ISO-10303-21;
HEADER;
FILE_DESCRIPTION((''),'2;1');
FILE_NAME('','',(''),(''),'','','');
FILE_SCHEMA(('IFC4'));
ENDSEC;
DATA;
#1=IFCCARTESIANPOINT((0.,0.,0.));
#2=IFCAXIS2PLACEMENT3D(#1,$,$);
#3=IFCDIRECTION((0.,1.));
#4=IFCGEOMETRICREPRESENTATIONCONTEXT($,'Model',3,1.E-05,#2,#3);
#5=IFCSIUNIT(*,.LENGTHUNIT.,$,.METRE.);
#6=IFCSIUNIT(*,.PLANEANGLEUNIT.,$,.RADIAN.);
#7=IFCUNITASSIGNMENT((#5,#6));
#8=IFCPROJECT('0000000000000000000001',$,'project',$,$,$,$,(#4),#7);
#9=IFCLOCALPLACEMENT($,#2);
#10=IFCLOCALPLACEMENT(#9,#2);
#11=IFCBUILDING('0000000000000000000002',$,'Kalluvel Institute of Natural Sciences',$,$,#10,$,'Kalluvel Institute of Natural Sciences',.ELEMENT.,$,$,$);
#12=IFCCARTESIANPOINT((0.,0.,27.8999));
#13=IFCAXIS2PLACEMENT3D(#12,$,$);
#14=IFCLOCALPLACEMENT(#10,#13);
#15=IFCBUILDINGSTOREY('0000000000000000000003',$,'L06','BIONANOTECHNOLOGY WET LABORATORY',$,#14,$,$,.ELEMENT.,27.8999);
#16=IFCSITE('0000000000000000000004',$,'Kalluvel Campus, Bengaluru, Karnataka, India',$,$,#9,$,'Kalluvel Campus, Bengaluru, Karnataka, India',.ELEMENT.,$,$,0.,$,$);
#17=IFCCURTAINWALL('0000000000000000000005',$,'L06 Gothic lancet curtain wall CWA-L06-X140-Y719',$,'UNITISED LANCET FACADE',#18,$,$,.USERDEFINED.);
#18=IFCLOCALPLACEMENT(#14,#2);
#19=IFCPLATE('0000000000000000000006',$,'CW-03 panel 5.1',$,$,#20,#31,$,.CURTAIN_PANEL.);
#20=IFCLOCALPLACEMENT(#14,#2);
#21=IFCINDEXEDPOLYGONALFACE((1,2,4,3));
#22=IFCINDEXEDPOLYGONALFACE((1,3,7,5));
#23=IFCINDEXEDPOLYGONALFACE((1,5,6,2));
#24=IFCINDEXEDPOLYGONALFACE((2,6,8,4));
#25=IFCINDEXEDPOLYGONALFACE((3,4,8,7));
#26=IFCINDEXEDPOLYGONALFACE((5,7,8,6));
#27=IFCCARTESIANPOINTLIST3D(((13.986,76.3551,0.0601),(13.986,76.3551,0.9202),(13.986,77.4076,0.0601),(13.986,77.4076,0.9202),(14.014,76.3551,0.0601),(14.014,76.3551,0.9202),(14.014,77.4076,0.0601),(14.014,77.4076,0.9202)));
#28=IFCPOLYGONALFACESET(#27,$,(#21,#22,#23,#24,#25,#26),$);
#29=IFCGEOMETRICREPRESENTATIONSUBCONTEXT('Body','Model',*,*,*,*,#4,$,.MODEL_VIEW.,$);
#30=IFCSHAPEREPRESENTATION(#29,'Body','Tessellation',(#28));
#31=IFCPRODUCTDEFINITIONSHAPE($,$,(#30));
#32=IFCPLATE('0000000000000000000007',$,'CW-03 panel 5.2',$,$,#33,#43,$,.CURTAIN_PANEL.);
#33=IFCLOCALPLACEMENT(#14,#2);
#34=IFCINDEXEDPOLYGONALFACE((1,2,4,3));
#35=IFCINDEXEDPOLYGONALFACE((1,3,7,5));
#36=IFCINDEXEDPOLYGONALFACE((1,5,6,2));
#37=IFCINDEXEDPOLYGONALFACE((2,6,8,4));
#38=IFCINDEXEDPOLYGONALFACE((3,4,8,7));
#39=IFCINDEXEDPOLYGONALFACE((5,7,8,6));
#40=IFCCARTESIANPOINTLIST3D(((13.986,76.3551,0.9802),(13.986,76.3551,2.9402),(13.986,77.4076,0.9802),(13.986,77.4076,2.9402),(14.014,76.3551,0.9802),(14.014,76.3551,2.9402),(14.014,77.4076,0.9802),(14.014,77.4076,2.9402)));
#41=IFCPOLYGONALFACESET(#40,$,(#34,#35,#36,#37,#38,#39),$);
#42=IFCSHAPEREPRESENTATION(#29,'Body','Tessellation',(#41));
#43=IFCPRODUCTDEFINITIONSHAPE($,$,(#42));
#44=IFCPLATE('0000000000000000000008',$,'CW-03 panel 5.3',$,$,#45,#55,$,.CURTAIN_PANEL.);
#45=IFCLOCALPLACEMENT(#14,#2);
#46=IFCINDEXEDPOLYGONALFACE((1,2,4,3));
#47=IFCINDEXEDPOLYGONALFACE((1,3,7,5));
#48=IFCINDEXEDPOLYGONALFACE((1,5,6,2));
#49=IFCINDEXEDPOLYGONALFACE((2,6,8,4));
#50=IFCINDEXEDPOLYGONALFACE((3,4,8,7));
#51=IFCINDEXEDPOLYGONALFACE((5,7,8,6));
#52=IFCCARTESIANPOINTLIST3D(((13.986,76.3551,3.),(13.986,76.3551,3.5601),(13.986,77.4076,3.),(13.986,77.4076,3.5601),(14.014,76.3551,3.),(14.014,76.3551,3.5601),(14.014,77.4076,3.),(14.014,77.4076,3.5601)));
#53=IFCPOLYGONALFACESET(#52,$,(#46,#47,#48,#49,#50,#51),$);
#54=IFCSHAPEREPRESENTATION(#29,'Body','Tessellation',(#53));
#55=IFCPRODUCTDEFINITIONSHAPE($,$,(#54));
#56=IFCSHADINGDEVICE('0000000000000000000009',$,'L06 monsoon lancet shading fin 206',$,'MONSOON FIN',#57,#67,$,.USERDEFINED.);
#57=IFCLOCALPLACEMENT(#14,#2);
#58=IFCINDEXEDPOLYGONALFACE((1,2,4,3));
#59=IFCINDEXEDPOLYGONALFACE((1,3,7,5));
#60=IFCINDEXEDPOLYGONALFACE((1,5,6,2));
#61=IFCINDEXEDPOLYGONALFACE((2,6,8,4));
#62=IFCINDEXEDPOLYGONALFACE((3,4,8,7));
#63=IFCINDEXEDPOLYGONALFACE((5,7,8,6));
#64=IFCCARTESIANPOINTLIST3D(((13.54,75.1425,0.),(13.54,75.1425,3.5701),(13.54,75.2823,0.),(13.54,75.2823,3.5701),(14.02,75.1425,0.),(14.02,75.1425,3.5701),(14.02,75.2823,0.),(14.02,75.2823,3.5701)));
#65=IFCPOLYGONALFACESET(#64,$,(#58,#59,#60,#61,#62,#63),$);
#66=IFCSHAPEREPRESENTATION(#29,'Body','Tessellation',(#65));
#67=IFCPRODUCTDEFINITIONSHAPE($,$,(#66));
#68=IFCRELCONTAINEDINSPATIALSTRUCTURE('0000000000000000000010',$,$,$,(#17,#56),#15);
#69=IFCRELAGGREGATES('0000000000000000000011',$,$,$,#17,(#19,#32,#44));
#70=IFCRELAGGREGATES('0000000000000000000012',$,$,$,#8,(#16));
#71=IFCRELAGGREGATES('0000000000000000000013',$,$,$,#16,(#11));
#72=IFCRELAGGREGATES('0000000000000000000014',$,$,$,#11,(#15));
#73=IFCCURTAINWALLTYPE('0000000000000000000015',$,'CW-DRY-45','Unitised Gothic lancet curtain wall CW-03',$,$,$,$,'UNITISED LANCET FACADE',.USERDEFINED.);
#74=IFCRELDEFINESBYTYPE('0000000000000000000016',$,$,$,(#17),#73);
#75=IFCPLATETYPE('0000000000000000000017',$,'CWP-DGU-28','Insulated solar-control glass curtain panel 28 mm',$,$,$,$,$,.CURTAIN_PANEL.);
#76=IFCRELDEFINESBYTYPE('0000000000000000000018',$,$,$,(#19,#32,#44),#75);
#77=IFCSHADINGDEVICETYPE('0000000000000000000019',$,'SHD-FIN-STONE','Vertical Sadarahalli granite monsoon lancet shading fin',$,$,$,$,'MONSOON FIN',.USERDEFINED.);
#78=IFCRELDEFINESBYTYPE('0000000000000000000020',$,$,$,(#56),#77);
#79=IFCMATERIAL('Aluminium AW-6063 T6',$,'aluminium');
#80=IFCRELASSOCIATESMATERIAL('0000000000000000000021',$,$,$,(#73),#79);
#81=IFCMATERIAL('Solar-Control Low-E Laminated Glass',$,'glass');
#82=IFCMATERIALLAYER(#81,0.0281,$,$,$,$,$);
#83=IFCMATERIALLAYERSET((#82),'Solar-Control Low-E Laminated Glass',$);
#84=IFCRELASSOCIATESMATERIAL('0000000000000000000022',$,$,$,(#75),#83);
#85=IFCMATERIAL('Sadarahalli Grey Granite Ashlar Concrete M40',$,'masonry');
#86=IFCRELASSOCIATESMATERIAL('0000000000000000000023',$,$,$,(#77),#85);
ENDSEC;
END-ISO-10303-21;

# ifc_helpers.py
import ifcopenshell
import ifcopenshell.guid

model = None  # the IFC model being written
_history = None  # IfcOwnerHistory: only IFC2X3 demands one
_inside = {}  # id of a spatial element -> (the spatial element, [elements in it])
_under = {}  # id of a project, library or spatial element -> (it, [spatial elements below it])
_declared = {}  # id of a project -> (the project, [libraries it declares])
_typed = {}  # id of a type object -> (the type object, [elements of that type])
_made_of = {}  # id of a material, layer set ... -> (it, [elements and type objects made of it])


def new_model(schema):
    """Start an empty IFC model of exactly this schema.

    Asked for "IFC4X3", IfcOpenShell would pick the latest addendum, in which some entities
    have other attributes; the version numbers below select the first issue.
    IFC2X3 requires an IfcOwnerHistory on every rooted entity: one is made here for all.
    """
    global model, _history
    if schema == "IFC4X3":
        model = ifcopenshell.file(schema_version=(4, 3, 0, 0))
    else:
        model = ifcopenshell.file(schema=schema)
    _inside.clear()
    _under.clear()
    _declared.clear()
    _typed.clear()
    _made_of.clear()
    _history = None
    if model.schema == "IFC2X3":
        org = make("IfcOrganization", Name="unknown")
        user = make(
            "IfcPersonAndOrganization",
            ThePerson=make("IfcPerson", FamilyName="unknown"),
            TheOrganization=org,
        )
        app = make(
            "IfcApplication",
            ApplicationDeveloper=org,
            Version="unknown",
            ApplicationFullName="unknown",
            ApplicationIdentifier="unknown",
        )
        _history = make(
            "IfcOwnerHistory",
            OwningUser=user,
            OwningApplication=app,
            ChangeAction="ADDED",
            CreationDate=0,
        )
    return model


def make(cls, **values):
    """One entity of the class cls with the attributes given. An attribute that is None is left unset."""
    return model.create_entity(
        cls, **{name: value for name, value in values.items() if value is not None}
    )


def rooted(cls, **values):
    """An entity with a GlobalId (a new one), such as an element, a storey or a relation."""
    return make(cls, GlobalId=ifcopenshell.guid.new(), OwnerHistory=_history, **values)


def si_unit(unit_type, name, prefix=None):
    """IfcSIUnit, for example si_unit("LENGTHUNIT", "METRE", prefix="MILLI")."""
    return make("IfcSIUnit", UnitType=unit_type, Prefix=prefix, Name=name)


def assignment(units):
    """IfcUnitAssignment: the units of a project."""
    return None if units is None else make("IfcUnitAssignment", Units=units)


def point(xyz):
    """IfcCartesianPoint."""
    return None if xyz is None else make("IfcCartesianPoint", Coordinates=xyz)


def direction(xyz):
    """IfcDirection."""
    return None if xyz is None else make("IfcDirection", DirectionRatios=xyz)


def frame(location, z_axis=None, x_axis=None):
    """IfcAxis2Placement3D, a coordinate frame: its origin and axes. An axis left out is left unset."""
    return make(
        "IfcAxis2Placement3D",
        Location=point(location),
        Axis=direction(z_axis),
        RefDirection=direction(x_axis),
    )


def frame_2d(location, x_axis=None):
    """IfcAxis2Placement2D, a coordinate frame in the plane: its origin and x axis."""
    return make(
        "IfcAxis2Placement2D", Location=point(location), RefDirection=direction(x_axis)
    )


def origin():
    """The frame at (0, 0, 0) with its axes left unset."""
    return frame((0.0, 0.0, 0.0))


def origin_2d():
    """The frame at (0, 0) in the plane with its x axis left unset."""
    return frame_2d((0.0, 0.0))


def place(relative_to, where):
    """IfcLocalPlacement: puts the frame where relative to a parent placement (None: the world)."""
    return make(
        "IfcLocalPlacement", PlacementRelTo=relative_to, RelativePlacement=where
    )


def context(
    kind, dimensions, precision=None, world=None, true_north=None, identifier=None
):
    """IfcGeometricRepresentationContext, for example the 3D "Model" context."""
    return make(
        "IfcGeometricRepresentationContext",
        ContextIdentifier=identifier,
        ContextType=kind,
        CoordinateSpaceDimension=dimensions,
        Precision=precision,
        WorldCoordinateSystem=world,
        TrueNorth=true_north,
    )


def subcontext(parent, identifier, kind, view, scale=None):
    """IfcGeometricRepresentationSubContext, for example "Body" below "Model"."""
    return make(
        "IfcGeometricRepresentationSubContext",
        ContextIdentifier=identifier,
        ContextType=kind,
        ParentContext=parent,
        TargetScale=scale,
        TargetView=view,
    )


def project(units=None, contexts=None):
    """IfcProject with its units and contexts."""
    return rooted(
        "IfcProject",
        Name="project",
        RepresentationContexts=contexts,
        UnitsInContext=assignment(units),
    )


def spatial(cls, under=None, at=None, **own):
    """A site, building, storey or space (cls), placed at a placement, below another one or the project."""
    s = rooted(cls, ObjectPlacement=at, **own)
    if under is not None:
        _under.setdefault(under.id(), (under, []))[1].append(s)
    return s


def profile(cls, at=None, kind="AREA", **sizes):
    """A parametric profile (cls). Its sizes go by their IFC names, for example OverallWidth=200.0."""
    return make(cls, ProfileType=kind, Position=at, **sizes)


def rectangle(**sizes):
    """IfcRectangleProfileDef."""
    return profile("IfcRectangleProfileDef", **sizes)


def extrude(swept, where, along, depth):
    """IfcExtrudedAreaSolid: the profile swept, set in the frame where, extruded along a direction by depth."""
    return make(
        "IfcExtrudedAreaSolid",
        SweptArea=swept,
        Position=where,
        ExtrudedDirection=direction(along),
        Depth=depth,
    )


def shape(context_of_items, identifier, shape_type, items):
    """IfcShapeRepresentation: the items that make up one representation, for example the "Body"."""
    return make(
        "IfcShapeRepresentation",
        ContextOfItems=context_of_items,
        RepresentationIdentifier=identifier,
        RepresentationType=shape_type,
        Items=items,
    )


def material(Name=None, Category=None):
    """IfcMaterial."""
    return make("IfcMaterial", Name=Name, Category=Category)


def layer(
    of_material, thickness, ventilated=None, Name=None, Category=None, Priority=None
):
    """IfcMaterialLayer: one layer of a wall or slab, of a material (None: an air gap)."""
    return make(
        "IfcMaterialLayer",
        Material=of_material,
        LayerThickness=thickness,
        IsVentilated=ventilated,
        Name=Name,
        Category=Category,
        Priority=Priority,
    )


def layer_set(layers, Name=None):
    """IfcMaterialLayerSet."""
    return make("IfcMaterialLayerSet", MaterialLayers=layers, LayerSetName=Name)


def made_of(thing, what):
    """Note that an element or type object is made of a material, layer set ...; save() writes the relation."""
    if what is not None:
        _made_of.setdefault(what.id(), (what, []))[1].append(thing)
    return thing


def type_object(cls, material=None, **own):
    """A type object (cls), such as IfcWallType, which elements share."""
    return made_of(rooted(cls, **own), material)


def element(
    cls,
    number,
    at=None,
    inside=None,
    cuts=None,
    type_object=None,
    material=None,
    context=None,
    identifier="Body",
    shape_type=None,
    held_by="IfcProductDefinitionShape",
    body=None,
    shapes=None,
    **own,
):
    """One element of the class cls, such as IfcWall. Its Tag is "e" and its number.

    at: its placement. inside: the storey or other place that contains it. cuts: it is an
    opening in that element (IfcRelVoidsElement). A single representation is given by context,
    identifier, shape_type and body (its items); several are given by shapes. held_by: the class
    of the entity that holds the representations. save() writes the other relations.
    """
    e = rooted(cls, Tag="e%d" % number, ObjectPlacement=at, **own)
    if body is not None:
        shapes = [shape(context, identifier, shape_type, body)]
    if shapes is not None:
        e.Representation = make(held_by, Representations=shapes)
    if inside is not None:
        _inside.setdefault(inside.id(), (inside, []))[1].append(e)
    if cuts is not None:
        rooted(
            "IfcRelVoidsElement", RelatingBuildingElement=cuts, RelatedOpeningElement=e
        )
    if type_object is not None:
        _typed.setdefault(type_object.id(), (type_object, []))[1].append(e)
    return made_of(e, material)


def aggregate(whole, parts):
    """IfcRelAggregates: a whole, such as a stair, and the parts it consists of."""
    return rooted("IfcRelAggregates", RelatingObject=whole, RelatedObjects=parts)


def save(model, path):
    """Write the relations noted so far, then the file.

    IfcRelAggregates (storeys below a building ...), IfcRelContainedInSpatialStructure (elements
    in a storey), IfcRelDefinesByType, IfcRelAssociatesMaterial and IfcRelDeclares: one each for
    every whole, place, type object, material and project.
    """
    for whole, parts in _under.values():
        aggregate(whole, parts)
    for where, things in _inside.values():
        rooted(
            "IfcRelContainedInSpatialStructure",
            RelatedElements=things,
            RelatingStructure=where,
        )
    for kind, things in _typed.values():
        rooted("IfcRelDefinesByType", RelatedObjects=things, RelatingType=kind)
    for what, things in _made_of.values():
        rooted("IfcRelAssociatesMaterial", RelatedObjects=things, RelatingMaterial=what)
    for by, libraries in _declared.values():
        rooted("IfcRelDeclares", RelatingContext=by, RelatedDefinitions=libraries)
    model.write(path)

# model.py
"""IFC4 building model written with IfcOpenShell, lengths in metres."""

from ifc_helpers import new_model, si_unit, direction, frame, origin, origin_2d, place, context, subcontext, project, spatial, rectangle, extrude, material, layer, layer_set, type_object, element, aggregate, save


model = new_model("IFC4")

# Units and contexts
model_context = context("Model", 3, precision=1e-05, world=origin(), true_north=direction((0.0, 1.0)))
body_context = subcontext(model_context, "Body", "Model", "MODEL_VIEW")
ifc_project = project(units=[si_unit("LENGTHUNIT", "METRE"), si_unit("PLANEANGLEUNIT", "RADIAN")], contexts=[model_context])

# Site, building, storey
site_placement = place(None, origin())
site = spatial("IfcSite", under=ifc_project, at=site_placement, Name="Kalluvel Campus, Bengaluru, Karnataka, India", LongName="Kalluvel Campus, Bengaluru, Karnataka, India", CompositionType="ELEMENT", RefElevation=0.0)
building_placement = place(site_placement, origin())
building = spatial("IfcBuilding", under=site, at=building_placement, Name="Kalluvel Institute of Natural Sciences", LongName="Kalluvel Institute of Natural Sciences", CompositionType="ELEMENT")
storey_placement = place(building_placement, frame((0.0, 0.0, 27.8999)))
storey = spatial("IfcBuildingStorey", under=building, at=storey_placement, Name="L06", Description="BIONANOTECHNOLOGY WET LABORATORY", CompositionType="ELEMENT", Elevation=27.8999)

# Curtain wall, plates
ifc_material_1 = material(Name="Aluminium AW-6063 T6", Category="aluminium")
curtain_wall_type = type_object("IfcCurtainWallType", Name="CW-DRY-45", Description="Unitised Gothic lancet curtain wall CW-03", ElementType="UNITISED LANCET FACADE", PredefinedType="USERDEFINED", material=ifc_material_1)
curtain_wall_placement = place(storey_placement, origin())
curtain_wall = element("IfcCurtainWall", 1, at=curtain_wall_placement, inside=storey, type_object=curtain_wall_type, Name="L06 Gothic lancet curtain wall CWA-L06-X140-Y719", ObjectType="UNITISED LANCET FACADE", PredefinedType="USERDEFINED")
ifc_material_2 = material(Name="Solar-Control Low-E Laminated Glass", Category="glass")
ifc_layer = layer(ifc_material_2, 0.0281)
ifc_layer_set = layer_set([ifc_layer], Name="Solar-Control Low-E Laminated Glass")
plate_type = type_object("IfcPlateType", Name="CWP-DGU-28", Description="Insulated solar-control glass curtain panel 28 mm", PredefinedType="CURTAIN_PANEL", material=ifc_layer_set)
plate_1_placement = place(storey_placement, frame((14.0, 76.8813, 0.0601), z_axis=(0.0, 0.0, 1.0), x_axis=(0.0, 1.0, 0.0)))
plate_1 = element("IfcPlate", 2, at=plate_1_placement, type_object=plate_type, Name="CW-03 panel 5.1", PredefinedType="CURTAIN_PANEL", context=body_context, shape_type="SweptSolid", body=[
    extrude(rectangle(XDim=1.0525, YDim=0.0281, at=origin_2d()), origin(), (0.0, 0.0, 1.0), 0.8601),
])
plate_2_placement = place(storey_placement, frame((14.0, 76.8813, 0.9802), z_axis=(0.0, 0.0, 1.0), x_axis=(0.0, 1.0, 0.0)))
plate_2 = element("IfcPlate", 3, at=plate_2_placement, type_object=plate_type, Name="CW-03 panel 5.2", PredefinedType="CURTAIN_PANEL", context=body_context, shape_type="SweptSolid", body=[
    extrude(rectangle(XDim=1.0525, YDim=0.0281, at=origin_2d()), origin(), (0.0, 0.0, 1.0), 1.96),
])
plate_3_placement = place(storey_placement, frame((14.0, 76.8813, 3.0), z_axis=(0.0, 0.0, 1.0), x_axis=(0.0, 1.0, 0.0)))
plate_3 = element("IfcPlate", 4, at=plate_3_placement, type_object=plate_type, Name="CW-03 panel 5.3", PredefinedType="CURTAIN_PANEL", context=body_context, shape_type="SweptSolid", body=[
    extrude(rectangle(XDim=1.0525, YDim=0.0281, at=origin_2d()), origin(), (0.0, 0.0, 1.0), 0.5601),
])
aggregate(curtain_wall, [plate_1, plate_2, plate_3])

# Shading device
ifc_material_3 = material(Name="Sadarahalli Grey Granite Ashlar Concrete M40", Category="masonry")
shading_device_type = type_object("IfcShadingDeviceType", Name="SHD-FIN-STONE", Description="Vertical Sadarahalli granite monsoon lancet shading fin", ElementType="MONSOON FIN", PredefinedType="USERDEFINED", material=ifc_material_3)
shading_device_placement = place(storey_placement, frame((13.78, 75.2124, 0.0), z_axis=(0.0, 0.0, 1.0), x_axis=(0.0, 1.0, 0.0)))
element("IfcShadingDevice", 5, at=shading_device_placement, inside=storey, type_object=shading_device_type, Name="L06 monsoon lancet shading fin 206", ObjectType="MONSOON FIN", PredefinedType="USERDEFINED", context=body_context, shape_type="SweptSolid", body=[
    extrude(rectangle(XDim=0.1399, YDim=0.48, at=origin_2d()), origin(), (0.0, 0.0, 1.0), 3.5701),
])

save(model, "model.ifc")
